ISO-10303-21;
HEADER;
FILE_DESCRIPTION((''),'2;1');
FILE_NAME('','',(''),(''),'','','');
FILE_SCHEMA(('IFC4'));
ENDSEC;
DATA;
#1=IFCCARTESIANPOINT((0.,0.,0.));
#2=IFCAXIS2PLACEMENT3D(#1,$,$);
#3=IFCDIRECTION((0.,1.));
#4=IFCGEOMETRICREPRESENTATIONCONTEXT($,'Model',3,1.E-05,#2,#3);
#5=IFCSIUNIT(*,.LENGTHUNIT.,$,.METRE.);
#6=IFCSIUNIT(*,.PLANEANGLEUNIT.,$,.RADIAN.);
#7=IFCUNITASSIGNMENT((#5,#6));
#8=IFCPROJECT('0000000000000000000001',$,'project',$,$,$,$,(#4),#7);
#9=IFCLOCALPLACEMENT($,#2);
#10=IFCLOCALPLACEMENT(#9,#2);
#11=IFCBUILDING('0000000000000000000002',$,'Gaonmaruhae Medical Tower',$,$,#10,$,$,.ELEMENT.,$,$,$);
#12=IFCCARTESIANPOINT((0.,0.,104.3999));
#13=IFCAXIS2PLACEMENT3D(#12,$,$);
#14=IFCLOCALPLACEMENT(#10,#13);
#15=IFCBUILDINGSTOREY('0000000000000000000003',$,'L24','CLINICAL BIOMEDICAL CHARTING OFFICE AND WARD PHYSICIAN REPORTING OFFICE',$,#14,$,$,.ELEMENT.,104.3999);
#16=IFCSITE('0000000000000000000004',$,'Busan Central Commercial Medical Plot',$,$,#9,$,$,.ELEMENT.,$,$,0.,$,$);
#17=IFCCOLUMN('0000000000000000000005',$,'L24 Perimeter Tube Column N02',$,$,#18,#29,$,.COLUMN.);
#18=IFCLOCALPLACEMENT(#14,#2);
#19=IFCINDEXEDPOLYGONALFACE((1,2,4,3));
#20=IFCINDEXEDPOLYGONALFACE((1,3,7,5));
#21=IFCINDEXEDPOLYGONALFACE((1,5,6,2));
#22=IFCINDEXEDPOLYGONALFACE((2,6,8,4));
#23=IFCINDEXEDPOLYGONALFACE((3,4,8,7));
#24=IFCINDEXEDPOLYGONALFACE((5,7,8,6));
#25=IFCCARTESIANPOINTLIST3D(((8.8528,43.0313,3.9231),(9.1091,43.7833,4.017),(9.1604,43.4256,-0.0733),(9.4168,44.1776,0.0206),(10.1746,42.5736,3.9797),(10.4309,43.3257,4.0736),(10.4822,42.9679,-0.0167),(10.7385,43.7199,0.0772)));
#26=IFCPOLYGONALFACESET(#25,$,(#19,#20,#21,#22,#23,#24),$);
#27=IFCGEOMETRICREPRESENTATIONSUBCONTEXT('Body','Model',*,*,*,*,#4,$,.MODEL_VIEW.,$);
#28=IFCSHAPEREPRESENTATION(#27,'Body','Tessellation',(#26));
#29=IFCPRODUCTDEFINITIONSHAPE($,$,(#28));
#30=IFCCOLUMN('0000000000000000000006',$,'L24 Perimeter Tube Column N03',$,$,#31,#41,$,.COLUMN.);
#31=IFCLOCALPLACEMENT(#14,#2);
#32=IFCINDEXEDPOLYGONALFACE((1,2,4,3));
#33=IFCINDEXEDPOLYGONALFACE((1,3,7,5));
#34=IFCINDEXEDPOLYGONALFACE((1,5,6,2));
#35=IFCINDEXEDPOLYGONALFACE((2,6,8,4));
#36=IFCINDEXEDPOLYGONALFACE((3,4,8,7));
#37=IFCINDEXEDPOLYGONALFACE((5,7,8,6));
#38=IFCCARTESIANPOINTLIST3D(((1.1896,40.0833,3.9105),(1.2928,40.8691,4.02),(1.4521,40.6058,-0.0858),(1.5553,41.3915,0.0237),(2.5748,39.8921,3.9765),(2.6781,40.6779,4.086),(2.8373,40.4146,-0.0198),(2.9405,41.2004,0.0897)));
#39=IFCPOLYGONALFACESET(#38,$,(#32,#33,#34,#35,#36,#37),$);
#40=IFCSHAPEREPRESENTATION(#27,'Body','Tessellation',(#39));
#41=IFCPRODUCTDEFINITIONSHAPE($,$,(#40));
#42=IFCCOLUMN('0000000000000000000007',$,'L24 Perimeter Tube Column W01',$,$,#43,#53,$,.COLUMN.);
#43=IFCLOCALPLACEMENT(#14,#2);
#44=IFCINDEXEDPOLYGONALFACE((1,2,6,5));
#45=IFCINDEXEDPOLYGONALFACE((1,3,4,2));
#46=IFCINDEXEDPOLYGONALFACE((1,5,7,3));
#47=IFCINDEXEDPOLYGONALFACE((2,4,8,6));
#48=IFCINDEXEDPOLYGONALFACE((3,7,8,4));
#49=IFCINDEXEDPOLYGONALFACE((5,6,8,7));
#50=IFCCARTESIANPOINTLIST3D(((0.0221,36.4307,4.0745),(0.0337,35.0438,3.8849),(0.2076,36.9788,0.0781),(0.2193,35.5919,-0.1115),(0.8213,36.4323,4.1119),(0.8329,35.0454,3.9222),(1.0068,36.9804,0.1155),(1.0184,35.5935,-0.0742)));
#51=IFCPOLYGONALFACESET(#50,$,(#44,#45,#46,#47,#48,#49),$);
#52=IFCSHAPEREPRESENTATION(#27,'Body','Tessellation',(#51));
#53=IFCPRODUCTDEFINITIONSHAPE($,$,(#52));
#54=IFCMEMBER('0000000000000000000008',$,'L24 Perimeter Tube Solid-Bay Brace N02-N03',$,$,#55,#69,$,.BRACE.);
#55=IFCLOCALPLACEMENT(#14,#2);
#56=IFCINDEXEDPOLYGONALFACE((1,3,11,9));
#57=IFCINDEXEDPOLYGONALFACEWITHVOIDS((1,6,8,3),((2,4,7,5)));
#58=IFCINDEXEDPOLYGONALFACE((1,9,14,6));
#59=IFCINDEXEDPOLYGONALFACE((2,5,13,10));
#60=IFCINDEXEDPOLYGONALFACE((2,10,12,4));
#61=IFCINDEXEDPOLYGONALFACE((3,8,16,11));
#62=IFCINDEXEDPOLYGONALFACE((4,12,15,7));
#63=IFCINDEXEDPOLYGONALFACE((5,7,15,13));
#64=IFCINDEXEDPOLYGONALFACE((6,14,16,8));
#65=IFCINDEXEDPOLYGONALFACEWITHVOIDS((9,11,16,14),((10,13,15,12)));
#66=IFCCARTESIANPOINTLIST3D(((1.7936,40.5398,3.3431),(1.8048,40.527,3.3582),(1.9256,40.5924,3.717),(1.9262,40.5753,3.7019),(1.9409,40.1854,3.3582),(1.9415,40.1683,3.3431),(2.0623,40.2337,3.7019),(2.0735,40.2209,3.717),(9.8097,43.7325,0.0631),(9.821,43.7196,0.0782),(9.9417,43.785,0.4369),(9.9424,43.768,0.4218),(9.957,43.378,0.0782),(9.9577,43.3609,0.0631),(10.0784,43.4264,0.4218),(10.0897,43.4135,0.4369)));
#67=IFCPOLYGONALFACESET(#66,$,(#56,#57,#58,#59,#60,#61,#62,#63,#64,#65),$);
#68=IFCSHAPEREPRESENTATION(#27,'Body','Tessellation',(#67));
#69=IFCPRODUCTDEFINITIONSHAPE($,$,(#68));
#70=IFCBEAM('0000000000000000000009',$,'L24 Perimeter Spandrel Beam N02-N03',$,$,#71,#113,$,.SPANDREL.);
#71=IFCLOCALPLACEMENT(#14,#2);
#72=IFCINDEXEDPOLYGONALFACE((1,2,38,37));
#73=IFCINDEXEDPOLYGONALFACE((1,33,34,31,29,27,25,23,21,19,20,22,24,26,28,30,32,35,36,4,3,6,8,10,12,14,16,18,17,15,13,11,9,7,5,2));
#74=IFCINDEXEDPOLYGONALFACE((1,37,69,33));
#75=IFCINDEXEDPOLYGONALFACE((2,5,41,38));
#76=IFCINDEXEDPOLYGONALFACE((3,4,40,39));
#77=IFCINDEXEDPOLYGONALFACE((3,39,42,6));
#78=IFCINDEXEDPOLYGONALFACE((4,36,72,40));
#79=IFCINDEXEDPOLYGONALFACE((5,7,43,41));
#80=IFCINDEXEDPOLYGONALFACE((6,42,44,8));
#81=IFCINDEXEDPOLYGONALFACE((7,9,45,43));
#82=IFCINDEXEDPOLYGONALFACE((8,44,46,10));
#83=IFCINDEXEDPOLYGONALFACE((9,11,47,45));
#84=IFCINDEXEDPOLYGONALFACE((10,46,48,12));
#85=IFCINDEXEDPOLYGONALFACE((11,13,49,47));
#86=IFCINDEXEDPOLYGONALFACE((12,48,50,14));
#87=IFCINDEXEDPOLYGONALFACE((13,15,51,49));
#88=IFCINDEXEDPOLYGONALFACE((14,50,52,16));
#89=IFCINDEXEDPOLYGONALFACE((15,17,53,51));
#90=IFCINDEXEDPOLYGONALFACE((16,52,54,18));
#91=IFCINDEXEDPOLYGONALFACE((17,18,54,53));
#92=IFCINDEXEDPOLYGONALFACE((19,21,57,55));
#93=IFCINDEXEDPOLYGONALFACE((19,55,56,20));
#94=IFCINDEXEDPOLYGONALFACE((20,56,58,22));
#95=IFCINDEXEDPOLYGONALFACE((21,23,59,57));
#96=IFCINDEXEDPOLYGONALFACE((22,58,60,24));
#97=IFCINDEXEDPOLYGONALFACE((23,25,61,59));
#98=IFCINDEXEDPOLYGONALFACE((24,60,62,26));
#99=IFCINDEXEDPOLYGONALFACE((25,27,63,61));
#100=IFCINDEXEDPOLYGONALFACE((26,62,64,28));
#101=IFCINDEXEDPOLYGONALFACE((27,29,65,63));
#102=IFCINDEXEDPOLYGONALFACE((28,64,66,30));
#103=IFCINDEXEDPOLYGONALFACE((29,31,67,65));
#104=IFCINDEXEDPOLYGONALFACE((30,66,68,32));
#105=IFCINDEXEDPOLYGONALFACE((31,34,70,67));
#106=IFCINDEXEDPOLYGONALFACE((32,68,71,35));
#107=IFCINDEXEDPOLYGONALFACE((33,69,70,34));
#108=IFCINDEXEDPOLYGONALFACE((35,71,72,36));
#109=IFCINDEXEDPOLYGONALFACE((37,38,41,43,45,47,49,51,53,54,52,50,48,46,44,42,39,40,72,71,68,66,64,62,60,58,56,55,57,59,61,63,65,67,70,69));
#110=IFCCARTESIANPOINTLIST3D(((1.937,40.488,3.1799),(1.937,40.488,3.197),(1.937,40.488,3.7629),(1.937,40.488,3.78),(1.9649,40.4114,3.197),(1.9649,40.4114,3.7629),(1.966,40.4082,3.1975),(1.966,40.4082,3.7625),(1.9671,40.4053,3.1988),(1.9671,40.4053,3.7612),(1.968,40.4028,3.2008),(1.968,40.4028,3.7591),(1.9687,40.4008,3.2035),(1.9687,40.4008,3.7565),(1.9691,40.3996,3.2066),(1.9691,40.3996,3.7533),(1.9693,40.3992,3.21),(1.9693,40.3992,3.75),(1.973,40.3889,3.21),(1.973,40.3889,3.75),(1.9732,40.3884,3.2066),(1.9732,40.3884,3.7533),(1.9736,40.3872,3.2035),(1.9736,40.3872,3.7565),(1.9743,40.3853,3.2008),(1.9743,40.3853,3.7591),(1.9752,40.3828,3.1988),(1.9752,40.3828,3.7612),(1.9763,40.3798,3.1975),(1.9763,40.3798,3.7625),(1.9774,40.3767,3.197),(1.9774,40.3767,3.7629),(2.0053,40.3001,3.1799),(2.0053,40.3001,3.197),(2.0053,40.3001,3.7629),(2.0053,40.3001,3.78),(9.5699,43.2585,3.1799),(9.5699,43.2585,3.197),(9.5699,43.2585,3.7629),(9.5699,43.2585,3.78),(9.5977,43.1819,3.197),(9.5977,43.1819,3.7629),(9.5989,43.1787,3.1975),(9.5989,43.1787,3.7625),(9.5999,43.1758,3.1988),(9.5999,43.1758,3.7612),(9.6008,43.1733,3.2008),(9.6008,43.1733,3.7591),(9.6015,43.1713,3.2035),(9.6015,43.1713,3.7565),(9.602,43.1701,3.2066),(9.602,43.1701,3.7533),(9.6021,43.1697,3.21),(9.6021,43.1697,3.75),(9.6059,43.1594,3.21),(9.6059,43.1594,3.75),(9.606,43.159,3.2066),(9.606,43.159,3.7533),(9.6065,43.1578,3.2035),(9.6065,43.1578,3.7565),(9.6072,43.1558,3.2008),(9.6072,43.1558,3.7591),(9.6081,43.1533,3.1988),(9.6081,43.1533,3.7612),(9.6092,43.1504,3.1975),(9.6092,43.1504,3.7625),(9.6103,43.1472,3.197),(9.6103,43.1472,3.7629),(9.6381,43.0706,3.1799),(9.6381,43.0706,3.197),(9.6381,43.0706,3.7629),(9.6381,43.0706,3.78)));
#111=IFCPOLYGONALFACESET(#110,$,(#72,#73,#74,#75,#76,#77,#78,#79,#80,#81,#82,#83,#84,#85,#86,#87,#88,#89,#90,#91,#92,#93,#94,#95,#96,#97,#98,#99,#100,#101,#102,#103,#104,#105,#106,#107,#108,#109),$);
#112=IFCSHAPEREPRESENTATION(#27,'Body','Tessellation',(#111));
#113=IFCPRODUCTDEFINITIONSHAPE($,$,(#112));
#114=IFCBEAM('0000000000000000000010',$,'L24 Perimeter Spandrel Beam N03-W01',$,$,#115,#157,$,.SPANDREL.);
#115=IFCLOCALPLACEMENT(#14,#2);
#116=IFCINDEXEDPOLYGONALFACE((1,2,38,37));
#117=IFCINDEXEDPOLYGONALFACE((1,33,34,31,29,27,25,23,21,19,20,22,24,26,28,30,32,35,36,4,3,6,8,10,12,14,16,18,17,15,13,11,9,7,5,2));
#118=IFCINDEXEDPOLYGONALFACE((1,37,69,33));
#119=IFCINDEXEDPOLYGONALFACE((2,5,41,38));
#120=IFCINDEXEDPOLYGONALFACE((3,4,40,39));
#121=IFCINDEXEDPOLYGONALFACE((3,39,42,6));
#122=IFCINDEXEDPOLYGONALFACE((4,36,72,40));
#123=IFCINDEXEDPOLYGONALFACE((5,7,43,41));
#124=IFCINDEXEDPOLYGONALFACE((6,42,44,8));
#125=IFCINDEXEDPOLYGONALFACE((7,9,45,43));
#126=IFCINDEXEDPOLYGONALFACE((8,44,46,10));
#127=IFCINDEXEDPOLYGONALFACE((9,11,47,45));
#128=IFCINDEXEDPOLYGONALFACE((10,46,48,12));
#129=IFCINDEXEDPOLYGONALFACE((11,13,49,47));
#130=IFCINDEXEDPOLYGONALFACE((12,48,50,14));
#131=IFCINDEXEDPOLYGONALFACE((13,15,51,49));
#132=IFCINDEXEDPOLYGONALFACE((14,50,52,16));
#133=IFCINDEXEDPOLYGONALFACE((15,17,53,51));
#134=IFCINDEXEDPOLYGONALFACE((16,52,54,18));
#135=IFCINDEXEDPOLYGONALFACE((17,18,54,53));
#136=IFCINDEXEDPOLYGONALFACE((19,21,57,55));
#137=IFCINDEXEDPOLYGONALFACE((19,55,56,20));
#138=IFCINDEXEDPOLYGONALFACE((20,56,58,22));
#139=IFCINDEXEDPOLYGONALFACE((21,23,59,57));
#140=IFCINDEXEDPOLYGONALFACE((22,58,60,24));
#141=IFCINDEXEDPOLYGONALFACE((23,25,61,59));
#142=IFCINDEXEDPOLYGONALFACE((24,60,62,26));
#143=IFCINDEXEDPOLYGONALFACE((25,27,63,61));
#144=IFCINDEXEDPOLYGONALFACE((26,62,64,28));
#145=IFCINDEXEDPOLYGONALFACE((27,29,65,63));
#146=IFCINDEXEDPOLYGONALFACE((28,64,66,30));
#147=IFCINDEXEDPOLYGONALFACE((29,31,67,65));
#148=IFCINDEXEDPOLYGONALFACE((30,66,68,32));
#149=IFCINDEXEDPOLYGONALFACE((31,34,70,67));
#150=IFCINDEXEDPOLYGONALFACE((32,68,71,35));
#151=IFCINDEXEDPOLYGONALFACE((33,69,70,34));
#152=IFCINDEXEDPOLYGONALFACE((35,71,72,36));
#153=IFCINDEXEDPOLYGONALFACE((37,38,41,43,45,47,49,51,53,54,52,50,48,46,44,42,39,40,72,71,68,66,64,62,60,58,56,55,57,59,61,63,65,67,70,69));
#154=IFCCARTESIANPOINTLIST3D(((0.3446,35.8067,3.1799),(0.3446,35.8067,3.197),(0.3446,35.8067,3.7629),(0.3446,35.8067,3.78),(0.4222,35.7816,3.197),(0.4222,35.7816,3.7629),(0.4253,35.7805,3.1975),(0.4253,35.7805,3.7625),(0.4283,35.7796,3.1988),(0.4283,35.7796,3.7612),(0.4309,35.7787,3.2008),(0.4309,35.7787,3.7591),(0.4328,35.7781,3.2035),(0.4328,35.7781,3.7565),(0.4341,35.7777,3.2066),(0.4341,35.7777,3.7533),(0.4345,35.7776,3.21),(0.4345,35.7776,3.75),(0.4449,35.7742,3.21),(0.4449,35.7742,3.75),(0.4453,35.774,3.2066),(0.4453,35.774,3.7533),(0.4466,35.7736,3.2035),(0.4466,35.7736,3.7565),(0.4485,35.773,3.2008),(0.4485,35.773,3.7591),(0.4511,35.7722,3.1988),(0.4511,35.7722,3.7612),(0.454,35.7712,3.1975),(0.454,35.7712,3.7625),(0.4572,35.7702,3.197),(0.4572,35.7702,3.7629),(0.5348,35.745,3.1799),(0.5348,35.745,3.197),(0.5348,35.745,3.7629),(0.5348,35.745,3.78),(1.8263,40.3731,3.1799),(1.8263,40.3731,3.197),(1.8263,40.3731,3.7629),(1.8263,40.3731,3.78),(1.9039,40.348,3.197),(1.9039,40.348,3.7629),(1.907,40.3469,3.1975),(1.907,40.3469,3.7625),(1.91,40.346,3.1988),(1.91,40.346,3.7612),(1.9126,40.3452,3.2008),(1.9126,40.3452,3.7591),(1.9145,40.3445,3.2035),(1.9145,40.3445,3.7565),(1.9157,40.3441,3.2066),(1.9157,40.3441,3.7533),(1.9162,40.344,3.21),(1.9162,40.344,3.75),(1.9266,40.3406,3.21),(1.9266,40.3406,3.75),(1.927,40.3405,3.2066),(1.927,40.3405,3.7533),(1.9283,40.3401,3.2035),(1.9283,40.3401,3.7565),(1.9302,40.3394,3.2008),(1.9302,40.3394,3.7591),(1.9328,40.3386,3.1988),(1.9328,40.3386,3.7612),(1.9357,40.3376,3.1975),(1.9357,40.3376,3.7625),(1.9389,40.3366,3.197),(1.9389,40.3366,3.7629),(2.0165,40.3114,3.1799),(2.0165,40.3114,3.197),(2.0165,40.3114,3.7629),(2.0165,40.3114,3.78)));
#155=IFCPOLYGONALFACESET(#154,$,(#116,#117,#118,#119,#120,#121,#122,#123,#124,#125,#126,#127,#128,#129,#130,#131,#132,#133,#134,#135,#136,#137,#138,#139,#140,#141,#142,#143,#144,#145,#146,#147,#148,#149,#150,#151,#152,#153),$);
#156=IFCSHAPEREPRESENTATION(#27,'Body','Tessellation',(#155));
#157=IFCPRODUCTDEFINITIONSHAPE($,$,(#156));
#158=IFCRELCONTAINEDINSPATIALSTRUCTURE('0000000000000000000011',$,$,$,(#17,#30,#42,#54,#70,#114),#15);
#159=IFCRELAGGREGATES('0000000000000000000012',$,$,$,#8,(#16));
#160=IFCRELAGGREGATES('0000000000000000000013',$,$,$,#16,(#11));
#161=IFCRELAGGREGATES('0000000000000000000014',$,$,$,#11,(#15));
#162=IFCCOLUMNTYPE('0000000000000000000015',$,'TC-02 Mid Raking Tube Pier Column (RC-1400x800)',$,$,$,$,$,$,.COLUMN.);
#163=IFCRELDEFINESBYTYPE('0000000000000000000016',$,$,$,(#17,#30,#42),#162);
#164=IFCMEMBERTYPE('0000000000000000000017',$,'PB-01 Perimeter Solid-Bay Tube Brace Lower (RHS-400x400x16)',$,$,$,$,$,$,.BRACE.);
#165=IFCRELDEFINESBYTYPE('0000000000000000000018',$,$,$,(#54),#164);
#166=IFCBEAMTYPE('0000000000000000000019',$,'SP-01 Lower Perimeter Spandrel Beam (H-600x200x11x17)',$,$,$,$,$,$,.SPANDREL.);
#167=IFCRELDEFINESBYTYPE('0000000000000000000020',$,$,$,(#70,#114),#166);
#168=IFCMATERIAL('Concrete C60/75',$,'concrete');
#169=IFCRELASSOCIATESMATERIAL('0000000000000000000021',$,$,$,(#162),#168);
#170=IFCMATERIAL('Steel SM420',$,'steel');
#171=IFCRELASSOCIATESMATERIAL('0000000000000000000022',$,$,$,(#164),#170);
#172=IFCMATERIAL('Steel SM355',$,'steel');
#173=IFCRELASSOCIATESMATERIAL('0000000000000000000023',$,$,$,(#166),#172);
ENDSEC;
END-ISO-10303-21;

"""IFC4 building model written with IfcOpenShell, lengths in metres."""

from ifc_helpers import new_model, si_unit, direction, frame, origin, origin_2d, place, context, subcontext, project, spatial, rectangle, hollow_rectangle, i_section, extrude, material, material_profile, profile_set, type_object, element, save


model = new_model("IFC4")

# Units and contexts
model_context = context("Model", 3, precision=1e-05, world=origin(), true_north=direction((0.0, 1.0)))
body_context = subcontext(model_context, "Body", "Model", "MODEL_VIEW")
ifc_project = project(units=[si_unit("LENGTHUNIT", "METRE"), si_unit("PLANEANGLEUNIT", "RADIAN")], contexts=[model_context])

# Site, building, storey
site_placement = place(None, origin())
site = spatial("IfcSite", under=ifc_project, at=site_placement, Name="Busan Central Commercial Medical Plot", CompositionType="ELEMENT", RefElevation=0.0)
building_placement = place(site_placement, origin())
building = spatial("IfcBuilding", under=site, at=building_placement, Name="Gaonmaruhae Medical Tower", CompositionType="ELEMENT")
storey_placement = place(building_placement, frame((0.0, 0.0, 104.3999)))
storey = spatial("IfcBuildingStorey", under=building, at=storey_placement, Name="L24", Description="CLINICAL BIOMEDICAL CHARTING OFFICE AND WARD PHYSICIAN REPORTING OFFICE", CompositionType="ELEMENT", Elevation=104.3999)

# Columns
ifc_material_1 = material(Name="Concrete C60/75", Category="concrete")
ifc_material_profile_1 = material_profile(ifc_material_1, rectangle(XDim=1.3999, YDim=0.8, at=origin_2d()), Name="RC-1400x800")
ifc_profile_set_1 = profile_set([ifc_material_profile_1], Name="Concrete C60/75")
column_type = type_object("IfcColumnType", Name="TC-02 Mid Raking Tube Pier Column (RC-1400x800)", PredefinedType="COLUMN", material=ifc_profile_set_1)
column_1_placement = place(storey_placement, frame((9.9495, 43.5728, 0.002), z_axis=(-0.076379, -0.097899, 0.992261), x_axis=(0.944191, -0.326908, 0.040425)))
element("IfcColumn", 1, at=column_1_placement, inside=storey, type_object=column_type, Name="L24 Perimeter Tube Column N02", PredefinedType="COLUMN", context=body_context, shape_type="SweptSolid", body=[
    extrude(rectangle(XDim=1.3999, YDim=0.8, at=origin_2d()), origin(), (0.0, 0.0, 1.0), 4.0276),
])
column_2_placement = place(storey_placement, frame((2.1963, 40.9031, 0.002), z_axis=(-0.064981, -0.129358, 0.989467), x_axis=(0.989509, -0.136567, 0.04713)))
element("IfcColumn", 2, at=column_2_placement, inside=storey, type_object=column_type, Name="L24 Perimeter Tube Column N03", PredefinedType="COLUMN", context=body_context, shape_type="SweptSolid", body=[
    extrude(rectangle(XDim=1.3999, YDim=0.8, at=origin_2d()), origin(), (0.0, 0.0, 1.0), 4.0388),
])
column_3_placement = place(storey_placement, frame((0.613, 36.2861, 0.002), z_axis=(-0.04595, -0.135734, 0.989679), x_axis=(-0.008321, 0.990743, 0.135494)))
element("IfcColumn", 3, at=column_3_placement, inside=storey, type_object=column_type, Name="L24 Perimeter Tube Column W01", PredefinedType="COLUMN", context=body_context, shape_type="SweptSolid", body=[
    extrude(rectangle(XDim=1.3999, YDim=0.8, at=origin_2d()), origin(), (0.0, 0.0, 1.0), 4.0381),
])

# Member
ifc_material_2 = material(Name="Steel SM420", Category="steel")
ifc_material_profile_2 = material_profile(ifc_material_2, hollow_rectangle(XDim=0.3999, YDim=0.3999, WallThickness=0.0161, at=origin_2d()), Name="RHS-400x400x16")
ifc_profile_set_2 = profile_set([ifc_material_profile_2], Name="Steel SM420")
member_type = type_object("IfcMemberType", Name="PB-01 Perimeter Solid-Bay Tube Brace Lower (RHS-400x400x16)", PredefinedType="BRACE", material=ifc_profile_set_2)
member_placement = place(storey_placement, frame((9.9497, 43.573, 0.25), z_axis=(-0.8684, -0.345863, 0.355331), x_axis=(0.37001, -0.929028, 0.0)))
element("IfcMember", 4, at=member_placement, inside=storey, type_object=member_type, Name="L24 Perimeter Tube Solid-Bay Brace N02-N03", PredefinedType="BRACE", context=body_context, shape_type="SweptSolid", body=[
    extrude(hollow_rectangle(XDim=0.3999, YDim=0.3999, WallThickness=0.0161, at=origin_2d()), origin(), (0.0, 0.0, 1.0), 9.231),
])

# Beams
ifc_material_3 = material(Name="Steel SM355", Category="steel")
ifc_material_profile_3 = material_profile(ifc_material_3, i_section(OverallWidth=0.2, OverallDepth=0.6001, WebThickness=0.011, FlangeThickness=0.0171, FilletRadius=0.0129, at=origin_2d()), Name="H-600x200x11x17")
ifc_profile_set_3 = profile_set([ifc_material_profile_3], Name="Steel SM355")
beam_type = type_object("IfcBeamType", Name="SP-01 Lower Perimeter Spandrel Beam (H-600x200x11x17)", PredefinedType="SPANDREL", material=ifc_profile_set_3)
beam_1_placement = place(storey_placement, frame((9.604, 43.1646, 3.48), z_axis=(-0.939993, -0.341193, 0.0), x_axis=(0.341193, -0.939993, 0.0)))
element("IfcBeam", 5, at=beam_1_placement, inside=storey, type_object=beam_type, Name="L24 Perimeter Spandrel Beam N02-N03", PredefinedType="SPANDREL", context=body_context, shape_type="SweptSolid", body=[
    extrude(i_section(OverallWidth=0.2, OverallDepth=0.6001, WebThickness=0.011, FlangeThickness=0.0171, FilletRadius=0.0129, at=origin_2d()), origin(), (0.0, 0.0, 1.0), 8.1201),
])
beam_2_placement = place(storey_placement, frame((1.9214, 40.3423, 3.48), z_axis=(-0.308635, -0.95118, 0.0), x_axis=(0.95118, -0.308635, 0.0)))
element("IfcBeam", 6, at=beam_2_placement, inside=storey, type_object=beam_type, Name="L24 Perimeter Spandrel Beam N03-W01", PredefinedType="SPANDREL", context=body_context, shape_type="SweptSolid", body=[
    extrude(i_section(OverallWidth=0.2, OverallDepth=0.6001, WebThickness=0.011, FlangeThickness=0.0171, FilletRadius=0.0129, at=origin_2d()), origin(), (0.0, 0.0, 1.0), 4.8008),
])

save(model, "model.ifc")
